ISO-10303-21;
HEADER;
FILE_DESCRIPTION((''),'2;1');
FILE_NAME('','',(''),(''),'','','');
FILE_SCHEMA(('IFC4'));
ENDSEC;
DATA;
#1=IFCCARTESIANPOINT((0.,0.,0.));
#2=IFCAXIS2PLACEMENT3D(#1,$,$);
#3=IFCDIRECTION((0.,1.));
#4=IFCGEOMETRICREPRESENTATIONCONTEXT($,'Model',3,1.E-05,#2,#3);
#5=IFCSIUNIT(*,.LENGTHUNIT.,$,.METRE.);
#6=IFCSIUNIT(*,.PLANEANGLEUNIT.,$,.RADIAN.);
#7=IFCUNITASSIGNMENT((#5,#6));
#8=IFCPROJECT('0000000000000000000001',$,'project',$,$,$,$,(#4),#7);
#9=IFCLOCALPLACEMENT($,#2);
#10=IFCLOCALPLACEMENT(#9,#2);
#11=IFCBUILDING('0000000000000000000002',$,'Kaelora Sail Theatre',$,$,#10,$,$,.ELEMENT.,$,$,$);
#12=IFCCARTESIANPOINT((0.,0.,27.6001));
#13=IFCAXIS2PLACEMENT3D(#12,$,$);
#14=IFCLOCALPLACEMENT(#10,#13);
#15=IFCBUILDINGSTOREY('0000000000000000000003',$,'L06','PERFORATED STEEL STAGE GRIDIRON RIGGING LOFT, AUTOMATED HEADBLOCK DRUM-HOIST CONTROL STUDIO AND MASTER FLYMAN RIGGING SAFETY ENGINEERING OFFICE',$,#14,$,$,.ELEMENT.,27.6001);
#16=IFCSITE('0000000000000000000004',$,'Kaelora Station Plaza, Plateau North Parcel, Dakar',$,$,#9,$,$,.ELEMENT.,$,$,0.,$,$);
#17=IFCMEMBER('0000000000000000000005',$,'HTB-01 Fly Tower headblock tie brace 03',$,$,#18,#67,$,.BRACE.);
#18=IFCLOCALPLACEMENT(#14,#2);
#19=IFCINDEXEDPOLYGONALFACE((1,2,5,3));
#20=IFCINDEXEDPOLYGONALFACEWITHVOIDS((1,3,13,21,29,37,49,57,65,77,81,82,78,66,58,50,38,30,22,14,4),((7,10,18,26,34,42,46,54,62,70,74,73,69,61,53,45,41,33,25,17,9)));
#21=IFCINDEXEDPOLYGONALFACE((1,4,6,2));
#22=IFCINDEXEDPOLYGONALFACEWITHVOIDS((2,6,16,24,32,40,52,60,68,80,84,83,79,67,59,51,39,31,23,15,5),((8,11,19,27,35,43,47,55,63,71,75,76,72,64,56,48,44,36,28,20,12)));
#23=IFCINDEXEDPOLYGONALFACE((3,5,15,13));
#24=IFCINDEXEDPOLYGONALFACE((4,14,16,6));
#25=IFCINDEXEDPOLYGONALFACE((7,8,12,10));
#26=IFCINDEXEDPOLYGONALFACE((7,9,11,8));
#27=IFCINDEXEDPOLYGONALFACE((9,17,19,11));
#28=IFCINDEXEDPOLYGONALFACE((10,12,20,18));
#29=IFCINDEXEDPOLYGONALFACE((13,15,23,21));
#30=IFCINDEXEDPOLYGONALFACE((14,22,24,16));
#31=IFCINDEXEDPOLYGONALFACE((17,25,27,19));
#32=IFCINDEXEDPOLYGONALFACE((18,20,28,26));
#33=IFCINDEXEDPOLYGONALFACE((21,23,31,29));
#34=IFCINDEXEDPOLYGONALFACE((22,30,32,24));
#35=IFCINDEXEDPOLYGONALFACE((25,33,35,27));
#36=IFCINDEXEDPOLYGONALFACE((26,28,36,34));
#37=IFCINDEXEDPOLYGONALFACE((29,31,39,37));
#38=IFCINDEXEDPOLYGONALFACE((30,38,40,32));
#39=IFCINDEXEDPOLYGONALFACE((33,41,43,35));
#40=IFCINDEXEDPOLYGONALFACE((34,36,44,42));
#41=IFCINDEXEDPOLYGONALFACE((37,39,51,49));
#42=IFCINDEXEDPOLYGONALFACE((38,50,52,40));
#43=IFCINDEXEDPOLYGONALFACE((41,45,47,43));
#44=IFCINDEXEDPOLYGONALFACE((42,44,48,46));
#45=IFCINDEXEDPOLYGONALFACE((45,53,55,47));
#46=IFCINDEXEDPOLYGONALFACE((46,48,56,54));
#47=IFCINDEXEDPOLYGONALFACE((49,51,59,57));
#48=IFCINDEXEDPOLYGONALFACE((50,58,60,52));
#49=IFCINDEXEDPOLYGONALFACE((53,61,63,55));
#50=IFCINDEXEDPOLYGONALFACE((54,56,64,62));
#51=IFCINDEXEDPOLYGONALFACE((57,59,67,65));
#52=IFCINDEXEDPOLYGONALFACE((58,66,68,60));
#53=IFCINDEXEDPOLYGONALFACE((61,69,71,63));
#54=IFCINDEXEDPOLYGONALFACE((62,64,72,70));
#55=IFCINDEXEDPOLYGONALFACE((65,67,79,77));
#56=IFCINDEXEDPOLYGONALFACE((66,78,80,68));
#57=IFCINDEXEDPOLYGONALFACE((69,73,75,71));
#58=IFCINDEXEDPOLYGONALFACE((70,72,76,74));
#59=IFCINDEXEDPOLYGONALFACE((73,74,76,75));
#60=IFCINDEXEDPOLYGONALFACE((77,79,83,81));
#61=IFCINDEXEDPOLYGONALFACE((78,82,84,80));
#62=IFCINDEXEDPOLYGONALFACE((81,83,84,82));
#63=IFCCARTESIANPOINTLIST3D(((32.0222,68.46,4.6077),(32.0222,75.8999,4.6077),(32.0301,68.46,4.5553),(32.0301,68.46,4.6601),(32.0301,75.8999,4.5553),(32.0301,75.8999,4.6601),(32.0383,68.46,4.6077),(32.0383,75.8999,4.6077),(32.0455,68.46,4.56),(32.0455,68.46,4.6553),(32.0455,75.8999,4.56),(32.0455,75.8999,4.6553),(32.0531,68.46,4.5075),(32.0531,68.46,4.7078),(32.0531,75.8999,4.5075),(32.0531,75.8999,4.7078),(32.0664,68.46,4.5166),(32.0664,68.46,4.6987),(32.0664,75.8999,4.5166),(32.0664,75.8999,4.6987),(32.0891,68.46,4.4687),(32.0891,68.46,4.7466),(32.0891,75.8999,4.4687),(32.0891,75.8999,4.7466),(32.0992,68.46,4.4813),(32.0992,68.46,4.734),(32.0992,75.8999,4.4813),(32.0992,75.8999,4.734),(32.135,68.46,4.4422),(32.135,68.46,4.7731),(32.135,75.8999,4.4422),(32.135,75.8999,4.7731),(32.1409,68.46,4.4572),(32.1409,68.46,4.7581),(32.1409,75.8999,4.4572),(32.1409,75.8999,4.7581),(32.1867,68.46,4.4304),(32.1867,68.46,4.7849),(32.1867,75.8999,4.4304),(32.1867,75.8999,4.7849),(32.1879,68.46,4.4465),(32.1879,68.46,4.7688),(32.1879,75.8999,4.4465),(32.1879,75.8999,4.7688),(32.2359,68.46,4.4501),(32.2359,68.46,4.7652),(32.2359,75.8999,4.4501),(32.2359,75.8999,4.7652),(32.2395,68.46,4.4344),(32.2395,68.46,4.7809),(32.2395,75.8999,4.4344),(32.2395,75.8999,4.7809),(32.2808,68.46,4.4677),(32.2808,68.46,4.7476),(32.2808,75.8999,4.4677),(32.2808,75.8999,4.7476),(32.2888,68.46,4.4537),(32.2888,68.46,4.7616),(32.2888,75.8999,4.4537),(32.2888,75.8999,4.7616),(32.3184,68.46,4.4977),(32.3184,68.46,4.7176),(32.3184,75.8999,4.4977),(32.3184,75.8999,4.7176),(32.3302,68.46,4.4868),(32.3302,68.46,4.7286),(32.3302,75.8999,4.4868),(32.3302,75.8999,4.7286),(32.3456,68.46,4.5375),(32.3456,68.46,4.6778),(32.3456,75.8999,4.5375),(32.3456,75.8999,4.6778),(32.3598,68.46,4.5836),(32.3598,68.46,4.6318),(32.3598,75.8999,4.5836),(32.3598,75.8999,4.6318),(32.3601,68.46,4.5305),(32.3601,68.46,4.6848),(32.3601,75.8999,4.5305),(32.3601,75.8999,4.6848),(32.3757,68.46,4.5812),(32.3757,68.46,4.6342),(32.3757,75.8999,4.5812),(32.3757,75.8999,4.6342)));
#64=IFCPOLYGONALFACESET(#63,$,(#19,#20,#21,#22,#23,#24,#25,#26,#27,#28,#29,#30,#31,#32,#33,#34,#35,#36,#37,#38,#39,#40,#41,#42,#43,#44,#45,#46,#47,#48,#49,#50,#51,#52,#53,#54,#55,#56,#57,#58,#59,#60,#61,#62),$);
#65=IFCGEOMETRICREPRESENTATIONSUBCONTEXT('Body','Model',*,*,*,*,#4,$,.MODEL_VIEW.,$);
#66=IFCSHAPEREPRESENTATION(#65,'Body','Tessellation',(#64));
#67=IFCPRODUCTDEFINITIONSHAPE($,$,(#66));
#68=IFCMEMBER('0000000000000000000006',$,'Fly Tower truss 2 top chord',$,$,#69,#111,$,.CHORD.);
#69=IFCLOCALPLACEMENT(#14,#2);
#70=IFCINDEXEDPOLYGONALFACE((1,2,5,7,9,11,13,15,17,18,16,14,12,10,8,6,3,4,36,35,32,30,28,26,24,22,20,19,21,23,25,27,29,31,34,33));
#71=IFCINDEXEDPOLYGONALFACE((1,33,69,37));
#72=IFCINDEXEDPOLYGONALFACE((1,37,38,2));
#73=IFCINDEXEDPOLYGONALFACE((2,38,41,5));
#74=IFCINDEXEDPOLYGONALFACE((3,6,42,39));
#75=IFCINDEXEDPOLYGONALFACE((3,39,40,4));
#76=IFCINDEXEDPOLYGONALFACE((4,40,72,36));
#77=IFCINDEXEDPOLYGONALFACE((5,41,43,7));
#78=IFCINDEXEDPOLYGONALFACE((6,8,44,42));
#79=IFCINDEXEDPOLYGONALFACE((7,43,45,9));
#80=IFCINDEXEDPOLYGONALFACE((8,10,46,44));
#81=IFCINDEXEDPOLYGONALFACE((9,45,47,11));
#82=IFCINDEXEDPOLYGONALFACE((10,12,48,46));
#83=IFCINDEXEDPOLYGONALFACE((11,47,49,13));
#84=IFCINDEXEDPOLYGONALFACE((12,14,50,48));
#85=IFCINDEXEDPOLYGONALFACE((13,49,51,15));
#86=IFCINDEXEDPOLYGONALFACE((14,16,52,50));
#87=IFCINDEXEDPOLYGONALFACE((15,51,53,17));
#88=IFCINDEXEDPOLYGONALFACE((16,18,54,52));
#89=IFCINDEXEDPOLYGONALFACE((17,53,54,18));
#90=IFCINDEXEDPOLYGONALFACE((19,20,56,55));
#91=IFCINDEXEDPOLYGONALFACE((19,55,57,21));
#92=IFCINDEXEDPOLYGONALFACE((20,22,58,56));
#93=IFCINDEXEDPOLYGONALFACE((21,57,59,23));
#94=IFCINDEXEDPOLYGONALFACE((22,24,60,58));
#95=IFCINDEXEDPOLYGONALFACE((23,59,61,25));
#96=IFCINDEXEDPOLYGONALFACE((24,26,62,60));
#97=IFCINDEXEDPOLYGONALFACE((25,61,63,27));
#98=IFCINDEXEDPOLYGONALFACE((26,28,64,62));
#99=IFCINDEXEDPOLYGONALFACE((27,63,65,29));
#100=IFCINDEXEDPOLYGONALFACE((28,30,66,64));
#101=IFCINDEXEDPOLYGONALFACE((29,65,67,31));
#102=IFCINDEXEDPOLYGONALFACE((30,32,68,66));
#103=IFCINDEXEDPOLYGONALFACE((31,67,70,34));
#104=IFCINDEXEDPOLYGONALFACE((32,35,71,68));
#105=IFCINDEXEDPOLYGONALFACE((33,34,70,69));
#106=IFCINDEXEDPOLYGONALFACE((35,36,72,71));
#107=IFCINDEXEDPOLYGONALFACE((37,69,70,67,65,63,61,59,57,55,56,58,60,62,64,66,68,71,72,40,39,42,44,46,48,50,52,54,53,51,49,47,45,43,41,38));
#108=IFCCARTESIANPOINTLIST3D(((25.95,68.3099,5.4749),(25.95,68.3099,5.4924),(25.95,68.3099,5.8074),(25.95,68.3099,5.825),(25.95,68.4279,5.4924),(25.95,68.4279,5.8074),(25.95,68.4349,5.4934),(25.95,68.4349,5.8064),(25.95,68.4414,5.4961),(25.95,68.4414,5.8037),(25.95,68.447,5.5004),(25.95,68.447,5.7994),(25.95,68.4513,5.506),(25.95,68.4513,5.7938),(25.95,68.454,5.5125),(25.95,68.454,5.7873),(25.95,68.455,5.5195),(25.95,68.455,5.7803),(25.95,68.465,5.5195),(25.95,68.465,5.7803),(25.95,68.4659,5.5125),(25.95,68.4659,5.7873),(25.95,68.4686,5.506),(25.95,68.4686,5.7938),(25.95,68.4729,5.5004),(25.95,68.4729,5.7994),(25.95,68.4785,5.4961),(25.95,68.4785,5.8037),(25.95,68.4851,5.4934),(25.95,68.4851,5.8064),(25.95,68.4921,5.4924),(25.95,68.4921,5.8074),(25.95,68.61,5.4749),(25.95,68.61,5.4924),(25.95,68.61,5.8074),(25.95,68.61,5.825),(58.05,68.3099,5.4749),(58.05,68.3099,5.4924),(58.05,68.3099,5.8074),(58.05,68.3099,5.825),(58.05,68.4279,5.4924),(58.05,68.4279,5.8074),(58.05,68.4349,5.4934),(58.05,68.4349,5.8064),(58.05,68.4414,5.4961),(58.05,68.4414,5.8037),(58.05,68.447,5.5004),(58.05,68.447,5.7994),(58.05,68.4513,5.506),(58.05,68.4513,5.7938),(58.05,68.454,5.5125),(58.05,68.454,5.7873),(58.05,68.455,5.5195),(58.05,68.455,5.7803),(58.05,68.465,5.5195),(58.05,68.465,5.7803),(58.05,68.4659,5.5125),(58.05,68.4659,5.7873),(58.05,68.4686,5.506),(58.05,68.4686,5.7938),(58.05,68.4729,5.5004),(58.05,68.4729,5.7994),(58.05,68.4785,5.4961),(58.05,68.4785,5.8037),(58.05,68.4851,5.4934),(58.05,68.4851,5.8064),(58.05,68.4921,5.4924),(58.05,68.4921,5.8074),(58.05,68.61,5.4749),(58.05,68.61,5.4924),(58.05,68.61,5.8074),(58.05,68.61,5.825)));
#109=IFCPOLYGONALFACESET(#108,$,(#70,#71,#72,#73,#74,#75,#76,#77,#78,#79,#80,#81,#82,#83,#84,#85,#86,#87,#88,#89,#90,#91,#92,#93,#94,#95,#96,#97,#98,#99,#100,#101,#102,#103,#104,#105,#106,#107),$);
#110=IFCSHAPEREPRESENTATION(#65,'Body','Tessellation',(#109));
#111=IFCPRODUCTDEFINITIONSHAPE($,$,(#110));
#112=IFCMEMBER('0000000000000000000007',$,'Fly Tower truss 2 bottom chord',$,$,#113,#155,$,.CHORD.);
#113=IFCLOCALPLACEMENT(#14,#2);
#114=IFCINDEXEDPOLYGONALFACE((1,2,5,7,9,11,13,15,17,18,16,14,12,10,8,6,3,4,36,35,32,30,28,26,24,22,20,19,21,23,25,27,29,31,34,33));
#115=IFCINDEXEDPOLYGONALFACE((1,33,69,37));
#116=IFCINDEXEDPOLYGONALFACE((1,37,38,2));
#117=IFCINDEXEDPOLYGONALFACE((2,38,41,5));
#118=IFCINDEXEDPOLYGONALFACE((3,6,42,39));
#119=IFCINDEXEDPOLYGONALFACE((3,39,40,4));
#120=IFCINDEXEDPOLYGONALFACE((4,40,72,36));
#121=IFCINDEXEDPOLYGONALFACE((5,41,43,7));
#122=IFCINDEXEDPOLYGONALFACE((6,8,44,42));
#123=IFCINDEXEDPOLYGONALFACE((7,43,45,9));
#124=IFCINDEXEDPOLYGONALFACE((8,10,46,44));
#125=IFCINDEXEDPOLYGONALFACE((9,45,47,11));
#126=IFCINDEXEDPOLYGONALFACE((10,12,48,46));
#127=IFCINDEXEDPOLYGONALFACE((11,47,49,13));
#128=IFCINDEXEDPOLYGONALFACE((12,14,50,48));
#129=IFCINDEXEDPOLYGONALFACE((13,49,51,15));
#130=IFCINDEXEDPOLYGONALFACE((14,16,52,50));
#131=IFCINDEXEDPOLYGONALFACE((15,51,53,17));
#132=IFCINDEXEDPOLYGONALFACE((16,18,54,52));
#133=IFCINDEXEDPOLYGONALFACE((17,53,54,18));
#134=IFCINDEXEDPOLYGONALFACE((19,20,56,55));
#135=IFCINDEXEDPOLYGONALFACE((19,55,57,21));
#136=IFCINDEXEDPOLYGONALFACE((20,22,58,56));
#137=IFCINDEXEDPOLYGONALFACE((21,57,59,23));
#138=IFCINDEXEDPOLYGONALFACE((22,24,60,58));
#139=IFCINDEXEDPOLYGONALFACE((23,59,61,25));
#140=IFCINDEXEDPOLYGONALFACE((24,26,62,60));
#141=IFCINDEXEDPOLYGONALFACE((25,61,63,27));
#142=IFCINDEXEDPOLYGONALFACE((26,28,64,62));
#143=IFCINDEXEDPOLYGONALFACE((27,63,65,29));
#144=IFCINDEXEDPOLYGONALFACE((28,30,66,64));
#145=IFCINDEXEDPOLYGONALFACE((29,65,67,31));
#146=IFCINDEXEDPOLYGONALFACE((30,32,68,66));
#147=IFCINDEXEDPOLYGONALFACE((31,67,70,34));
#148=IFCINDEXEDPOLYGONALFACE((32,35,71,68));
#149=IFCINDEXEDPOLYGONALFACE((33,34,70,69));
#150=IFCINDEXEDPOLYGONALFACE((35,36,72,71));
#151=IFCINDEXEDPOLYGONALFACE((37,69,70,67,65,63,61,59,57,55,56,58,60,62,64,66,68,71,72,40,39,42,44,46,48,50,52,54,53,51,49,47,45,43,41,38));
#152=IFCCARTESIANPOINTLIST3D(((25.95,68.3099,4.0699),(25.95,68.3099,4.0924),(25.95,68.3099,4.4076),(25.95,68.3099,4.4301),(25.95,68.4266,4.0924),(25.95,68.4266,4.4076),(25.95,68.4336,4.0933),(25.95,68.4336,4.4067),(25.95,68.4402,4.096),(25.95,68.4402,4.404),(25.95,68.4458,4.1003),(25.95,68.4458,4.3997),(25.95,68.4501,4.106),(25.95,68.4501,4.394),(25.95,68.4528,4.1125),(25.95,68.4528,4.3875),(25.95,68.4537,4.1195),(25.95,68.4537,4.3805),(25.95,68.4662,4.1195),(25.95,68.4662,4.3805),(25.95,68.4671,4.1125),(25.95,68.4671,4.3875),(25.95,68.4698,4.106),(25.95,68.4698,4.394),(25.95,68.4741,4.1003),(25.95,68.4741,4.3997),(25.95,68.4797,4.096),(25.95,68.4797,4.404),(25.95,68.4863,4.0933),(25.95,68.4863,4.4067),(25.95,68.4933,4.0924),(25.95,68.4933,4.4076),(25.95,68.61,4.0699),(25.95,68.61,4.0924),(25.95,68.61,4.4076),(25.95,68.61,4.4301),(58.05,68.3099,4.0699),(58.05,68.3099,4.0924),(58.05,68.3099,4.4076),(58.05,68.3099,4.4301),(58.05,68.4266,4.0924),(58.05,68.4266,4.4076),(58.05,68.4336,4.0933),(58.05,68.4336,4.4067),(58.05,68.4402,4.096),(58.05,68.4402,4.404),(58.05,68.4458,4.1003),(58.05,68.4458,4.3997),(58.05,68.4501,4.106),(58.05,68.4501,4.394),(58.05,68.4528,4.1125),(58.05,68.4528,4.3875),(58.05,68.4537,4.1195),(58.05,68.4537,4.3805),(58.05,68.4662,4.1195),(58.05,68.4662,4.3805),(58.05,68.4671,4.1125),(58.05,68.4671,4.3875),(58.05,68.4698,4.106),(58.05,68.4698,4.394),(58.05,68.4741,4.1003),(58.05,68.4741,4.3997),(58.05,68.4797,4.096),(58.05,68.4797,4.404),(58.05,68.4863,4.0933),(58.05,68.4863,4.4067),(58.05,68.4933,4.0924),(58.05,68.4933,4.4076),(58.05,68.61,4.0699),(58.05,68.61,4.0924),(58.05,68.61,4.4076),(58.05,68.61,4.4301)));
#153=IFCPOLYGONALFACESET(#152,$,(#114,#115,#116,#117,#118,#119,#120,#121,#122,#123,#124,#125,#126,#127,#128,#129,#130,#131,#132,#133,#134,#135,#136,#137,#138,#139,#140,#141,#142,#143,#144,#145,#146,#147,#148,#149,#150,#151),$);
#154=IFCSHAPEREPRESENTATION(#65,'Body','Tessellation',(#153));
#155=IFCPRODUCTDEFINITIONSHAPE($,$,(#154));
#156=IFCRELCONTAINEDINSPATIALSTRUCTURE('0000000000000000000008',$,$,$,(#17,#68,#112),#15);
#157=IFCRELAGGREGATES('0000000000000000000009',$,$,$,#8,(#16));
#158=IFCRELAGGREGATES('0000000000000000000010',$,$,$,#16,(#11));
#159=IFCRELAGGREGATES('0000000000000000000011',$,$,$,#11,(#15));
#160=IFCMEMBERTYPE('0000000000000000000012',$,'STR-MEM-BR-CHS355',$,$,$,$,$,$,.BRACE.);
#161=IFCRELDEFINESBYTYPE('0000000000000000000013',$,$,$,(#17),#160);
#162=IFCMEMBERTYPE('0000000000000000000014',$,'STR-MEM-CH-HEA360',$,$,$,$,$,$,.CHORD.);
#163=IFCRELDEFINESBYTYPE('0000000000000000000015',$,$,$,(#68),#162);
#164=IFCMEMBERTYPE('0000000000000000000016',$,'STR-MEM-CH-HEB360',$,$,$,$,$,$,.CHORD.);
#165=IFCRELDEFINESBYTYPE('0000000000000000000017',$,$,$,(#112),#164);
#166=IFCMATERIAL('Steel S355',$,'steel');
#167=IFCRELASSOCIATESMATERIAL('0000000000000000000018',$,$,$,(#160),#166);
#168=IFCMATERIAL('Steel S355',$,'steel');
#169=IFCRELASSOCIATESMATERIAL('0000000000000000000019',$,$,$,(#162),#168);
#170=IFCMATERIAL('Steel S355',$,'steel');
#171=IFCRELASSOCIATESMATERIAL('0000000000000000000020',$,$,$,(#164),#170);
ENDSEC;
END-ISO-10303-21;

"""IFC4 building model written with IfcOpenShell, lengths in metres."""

from ifc_helpers import new_model, si_unit, direction, frame, origin, origin_2d, place, context, subcontext, project, spatial, hollow_circle, i_section, extrude, material, material_profile, profile_set, type_object, element, save


model = new_model("IFC4")

# Units and contexts
model_context = context("Model", 3, precision=1e-05, world=origin(), true_north=direction((0.0, 1.0)))
body_context = subcontext(model_context, "Body", "Model", "MODEL_VIEW")
ifc_project = project(units=[si_unit("LENGTHUNIT", "METRE"), si_unit("PLANEANGLEUNIT", "RADIAN")], contexts=[model_context])

# Site, building, storey
site_placement = place(None, origin())
site = spatial("IfcSite", under=ifc_project, at=site_placement, Name="Kaelora Station Plaza, Plateau North Parcel, Dakar", CompositionType="ELEMENT", RefElevation=0.0)
building_placement = place(site_placement, origin())
building = spatial("IfcBuilding", under=site, at=building_placement, Name="Kaelora Sail Theatre", CompositionType="ELEMENT")
storey_placement = place(building_placement, frame((0.0, 0.0, 27.6001)))
storey = spatial("IfcBuildingStorey", under=building, at=storey_placement, Name="L06", Description="PERFORATED STEEL STAGE GRIDIRON RIGGING LOFT, AUTOMATED HEADBLOCK DRUM-HOIST CONTROL STUDIO AND MASTER FLYMAN RIGGING SAFETY ENGINEERING OFFICE", CompositionType="ELEMENT", Elevation=27.6001)

# Members
ifc_material_1 = material(Name="Steel S355", Category="steel")
ifc_material_profile_1 = material_profile(ifc_material_1, hollow_circle(Radius=0.1777, WallThickness=0.0161, at=origin_2d()), Name="CHS 355.6x16.0")
ifc_profile_set_1 = profile_set([ifc_material_profile_1], Name="Steel S355")
member_type_1 = type_object("IfcMemberType", Name="STR-MEM-BR-CHS355", PredefinedType="BRACE", material=ifc_profile_set_1)
member_1_placement = place(storey_placement, frame((32.2, 68.46, 4.6077), z_axis=(0.0, 1.0, 0.0), x_axis=(-1.0, 0.0, 0.0)))
element("IfcMember", 1, at=member_1_placement, inside=storey, type_object=member_type_1, Name="HTB-01 Fly Tower headblock tie brace 03", PredefinedType="BRACE", context=body_context, shape_type="SweptSolid", body=[
    extrude(hollow_circle(Radius=0.1777, WallThickness=0.0161, at=origin_2d()), origin(), (0.0, 0.0, 1.0), 7.4399),
])
ifc_material_2 = material(Name="Steel S355", Category="steel")
ifc_material_profile_2 = material_profile(ifc_material_2, i_section(OverallWidth=0.3, OverallDepth=0.3501, WebThickness=0.01, FlangeThickness=0.0176, FilletRadius=0.0271, at=origin_2d()), Name="HEA 360")
ifc_profile_set_2 = profile_set([ifc_material_profile_2], Name="Steel S355")
member_type_2 = type_object("IfcMemberType", Name="STR-MEM-CH-HEA360", PredefinedType="CHORD", material=ifc_profile_set_2)
member_2_placement = place(storey_placement, frame((25.95, 68.46, 5.6499), z_axis=(1.0, 0.0, 0.0), x_axis=(0.0, 1.0, 0.0)))
element("IfcMember", 2, at=member_2_placement, inside=storey, type_object=member_type_2, Name="Fly Tower truss 2 top chord", PredefinedType="CHORD", context=body_context, shape_type="SweptSolid", body=[
    extrude(i_section(OverallWidth=0.3, OverallDepth=0.3501, WebThickness=0.01, FlangeThickness=0.0176, FilletRadius=0.0271, at=origin_2d()), origin(), (0.0, 0.0, 1.0), 32.1001),
])
ifc_material_3 = material(Name="Steel S355", Category="steel")
ifc_material_profile_3 = material_profile(ifc_material_3, i_section(OverallWidth=0.3, OverallDepth=0.3601, WebThickness=0.0125, FlangeThickness=0.0225, FilletRadius=0.0271, at=origin_2d()), Name="HEB 360")
ifc_profile_set_3 = profile_set([ifc_material_profile_3], Name="Steel S355")
member_type_3 = type_object("IfcMemberType", Name="STR-MEM-CH-HEB360", PredefinedType="CHORD", material=ifc_profile_set_3)
member_3_placement = place(storey_placement, frame((25.95, 68.46, 4.25), z_axis=(1.0, 0.0, 0.0), x_axis=(0.0, 1.0, 0.0)))
element("IfcMember", 3, at=member_3_placement, inside=storey, type_object=member_type_3, Name="Fly Tower truss 2 bottom chord", PredefinedType="CHORD", context=body_context, shape_type="SweptSolid", body=[
    extrude(i_section(OverallWidth=0.3, OverallDepth=0.3601, WebThickness=0.0125, FlangeThickness=0.0225, FilletRadius=0.0271, at=origin_2d()), origin(), (0.0, 0.0, 1.0), 32.1001),
])

save(model, "model.ifc")
